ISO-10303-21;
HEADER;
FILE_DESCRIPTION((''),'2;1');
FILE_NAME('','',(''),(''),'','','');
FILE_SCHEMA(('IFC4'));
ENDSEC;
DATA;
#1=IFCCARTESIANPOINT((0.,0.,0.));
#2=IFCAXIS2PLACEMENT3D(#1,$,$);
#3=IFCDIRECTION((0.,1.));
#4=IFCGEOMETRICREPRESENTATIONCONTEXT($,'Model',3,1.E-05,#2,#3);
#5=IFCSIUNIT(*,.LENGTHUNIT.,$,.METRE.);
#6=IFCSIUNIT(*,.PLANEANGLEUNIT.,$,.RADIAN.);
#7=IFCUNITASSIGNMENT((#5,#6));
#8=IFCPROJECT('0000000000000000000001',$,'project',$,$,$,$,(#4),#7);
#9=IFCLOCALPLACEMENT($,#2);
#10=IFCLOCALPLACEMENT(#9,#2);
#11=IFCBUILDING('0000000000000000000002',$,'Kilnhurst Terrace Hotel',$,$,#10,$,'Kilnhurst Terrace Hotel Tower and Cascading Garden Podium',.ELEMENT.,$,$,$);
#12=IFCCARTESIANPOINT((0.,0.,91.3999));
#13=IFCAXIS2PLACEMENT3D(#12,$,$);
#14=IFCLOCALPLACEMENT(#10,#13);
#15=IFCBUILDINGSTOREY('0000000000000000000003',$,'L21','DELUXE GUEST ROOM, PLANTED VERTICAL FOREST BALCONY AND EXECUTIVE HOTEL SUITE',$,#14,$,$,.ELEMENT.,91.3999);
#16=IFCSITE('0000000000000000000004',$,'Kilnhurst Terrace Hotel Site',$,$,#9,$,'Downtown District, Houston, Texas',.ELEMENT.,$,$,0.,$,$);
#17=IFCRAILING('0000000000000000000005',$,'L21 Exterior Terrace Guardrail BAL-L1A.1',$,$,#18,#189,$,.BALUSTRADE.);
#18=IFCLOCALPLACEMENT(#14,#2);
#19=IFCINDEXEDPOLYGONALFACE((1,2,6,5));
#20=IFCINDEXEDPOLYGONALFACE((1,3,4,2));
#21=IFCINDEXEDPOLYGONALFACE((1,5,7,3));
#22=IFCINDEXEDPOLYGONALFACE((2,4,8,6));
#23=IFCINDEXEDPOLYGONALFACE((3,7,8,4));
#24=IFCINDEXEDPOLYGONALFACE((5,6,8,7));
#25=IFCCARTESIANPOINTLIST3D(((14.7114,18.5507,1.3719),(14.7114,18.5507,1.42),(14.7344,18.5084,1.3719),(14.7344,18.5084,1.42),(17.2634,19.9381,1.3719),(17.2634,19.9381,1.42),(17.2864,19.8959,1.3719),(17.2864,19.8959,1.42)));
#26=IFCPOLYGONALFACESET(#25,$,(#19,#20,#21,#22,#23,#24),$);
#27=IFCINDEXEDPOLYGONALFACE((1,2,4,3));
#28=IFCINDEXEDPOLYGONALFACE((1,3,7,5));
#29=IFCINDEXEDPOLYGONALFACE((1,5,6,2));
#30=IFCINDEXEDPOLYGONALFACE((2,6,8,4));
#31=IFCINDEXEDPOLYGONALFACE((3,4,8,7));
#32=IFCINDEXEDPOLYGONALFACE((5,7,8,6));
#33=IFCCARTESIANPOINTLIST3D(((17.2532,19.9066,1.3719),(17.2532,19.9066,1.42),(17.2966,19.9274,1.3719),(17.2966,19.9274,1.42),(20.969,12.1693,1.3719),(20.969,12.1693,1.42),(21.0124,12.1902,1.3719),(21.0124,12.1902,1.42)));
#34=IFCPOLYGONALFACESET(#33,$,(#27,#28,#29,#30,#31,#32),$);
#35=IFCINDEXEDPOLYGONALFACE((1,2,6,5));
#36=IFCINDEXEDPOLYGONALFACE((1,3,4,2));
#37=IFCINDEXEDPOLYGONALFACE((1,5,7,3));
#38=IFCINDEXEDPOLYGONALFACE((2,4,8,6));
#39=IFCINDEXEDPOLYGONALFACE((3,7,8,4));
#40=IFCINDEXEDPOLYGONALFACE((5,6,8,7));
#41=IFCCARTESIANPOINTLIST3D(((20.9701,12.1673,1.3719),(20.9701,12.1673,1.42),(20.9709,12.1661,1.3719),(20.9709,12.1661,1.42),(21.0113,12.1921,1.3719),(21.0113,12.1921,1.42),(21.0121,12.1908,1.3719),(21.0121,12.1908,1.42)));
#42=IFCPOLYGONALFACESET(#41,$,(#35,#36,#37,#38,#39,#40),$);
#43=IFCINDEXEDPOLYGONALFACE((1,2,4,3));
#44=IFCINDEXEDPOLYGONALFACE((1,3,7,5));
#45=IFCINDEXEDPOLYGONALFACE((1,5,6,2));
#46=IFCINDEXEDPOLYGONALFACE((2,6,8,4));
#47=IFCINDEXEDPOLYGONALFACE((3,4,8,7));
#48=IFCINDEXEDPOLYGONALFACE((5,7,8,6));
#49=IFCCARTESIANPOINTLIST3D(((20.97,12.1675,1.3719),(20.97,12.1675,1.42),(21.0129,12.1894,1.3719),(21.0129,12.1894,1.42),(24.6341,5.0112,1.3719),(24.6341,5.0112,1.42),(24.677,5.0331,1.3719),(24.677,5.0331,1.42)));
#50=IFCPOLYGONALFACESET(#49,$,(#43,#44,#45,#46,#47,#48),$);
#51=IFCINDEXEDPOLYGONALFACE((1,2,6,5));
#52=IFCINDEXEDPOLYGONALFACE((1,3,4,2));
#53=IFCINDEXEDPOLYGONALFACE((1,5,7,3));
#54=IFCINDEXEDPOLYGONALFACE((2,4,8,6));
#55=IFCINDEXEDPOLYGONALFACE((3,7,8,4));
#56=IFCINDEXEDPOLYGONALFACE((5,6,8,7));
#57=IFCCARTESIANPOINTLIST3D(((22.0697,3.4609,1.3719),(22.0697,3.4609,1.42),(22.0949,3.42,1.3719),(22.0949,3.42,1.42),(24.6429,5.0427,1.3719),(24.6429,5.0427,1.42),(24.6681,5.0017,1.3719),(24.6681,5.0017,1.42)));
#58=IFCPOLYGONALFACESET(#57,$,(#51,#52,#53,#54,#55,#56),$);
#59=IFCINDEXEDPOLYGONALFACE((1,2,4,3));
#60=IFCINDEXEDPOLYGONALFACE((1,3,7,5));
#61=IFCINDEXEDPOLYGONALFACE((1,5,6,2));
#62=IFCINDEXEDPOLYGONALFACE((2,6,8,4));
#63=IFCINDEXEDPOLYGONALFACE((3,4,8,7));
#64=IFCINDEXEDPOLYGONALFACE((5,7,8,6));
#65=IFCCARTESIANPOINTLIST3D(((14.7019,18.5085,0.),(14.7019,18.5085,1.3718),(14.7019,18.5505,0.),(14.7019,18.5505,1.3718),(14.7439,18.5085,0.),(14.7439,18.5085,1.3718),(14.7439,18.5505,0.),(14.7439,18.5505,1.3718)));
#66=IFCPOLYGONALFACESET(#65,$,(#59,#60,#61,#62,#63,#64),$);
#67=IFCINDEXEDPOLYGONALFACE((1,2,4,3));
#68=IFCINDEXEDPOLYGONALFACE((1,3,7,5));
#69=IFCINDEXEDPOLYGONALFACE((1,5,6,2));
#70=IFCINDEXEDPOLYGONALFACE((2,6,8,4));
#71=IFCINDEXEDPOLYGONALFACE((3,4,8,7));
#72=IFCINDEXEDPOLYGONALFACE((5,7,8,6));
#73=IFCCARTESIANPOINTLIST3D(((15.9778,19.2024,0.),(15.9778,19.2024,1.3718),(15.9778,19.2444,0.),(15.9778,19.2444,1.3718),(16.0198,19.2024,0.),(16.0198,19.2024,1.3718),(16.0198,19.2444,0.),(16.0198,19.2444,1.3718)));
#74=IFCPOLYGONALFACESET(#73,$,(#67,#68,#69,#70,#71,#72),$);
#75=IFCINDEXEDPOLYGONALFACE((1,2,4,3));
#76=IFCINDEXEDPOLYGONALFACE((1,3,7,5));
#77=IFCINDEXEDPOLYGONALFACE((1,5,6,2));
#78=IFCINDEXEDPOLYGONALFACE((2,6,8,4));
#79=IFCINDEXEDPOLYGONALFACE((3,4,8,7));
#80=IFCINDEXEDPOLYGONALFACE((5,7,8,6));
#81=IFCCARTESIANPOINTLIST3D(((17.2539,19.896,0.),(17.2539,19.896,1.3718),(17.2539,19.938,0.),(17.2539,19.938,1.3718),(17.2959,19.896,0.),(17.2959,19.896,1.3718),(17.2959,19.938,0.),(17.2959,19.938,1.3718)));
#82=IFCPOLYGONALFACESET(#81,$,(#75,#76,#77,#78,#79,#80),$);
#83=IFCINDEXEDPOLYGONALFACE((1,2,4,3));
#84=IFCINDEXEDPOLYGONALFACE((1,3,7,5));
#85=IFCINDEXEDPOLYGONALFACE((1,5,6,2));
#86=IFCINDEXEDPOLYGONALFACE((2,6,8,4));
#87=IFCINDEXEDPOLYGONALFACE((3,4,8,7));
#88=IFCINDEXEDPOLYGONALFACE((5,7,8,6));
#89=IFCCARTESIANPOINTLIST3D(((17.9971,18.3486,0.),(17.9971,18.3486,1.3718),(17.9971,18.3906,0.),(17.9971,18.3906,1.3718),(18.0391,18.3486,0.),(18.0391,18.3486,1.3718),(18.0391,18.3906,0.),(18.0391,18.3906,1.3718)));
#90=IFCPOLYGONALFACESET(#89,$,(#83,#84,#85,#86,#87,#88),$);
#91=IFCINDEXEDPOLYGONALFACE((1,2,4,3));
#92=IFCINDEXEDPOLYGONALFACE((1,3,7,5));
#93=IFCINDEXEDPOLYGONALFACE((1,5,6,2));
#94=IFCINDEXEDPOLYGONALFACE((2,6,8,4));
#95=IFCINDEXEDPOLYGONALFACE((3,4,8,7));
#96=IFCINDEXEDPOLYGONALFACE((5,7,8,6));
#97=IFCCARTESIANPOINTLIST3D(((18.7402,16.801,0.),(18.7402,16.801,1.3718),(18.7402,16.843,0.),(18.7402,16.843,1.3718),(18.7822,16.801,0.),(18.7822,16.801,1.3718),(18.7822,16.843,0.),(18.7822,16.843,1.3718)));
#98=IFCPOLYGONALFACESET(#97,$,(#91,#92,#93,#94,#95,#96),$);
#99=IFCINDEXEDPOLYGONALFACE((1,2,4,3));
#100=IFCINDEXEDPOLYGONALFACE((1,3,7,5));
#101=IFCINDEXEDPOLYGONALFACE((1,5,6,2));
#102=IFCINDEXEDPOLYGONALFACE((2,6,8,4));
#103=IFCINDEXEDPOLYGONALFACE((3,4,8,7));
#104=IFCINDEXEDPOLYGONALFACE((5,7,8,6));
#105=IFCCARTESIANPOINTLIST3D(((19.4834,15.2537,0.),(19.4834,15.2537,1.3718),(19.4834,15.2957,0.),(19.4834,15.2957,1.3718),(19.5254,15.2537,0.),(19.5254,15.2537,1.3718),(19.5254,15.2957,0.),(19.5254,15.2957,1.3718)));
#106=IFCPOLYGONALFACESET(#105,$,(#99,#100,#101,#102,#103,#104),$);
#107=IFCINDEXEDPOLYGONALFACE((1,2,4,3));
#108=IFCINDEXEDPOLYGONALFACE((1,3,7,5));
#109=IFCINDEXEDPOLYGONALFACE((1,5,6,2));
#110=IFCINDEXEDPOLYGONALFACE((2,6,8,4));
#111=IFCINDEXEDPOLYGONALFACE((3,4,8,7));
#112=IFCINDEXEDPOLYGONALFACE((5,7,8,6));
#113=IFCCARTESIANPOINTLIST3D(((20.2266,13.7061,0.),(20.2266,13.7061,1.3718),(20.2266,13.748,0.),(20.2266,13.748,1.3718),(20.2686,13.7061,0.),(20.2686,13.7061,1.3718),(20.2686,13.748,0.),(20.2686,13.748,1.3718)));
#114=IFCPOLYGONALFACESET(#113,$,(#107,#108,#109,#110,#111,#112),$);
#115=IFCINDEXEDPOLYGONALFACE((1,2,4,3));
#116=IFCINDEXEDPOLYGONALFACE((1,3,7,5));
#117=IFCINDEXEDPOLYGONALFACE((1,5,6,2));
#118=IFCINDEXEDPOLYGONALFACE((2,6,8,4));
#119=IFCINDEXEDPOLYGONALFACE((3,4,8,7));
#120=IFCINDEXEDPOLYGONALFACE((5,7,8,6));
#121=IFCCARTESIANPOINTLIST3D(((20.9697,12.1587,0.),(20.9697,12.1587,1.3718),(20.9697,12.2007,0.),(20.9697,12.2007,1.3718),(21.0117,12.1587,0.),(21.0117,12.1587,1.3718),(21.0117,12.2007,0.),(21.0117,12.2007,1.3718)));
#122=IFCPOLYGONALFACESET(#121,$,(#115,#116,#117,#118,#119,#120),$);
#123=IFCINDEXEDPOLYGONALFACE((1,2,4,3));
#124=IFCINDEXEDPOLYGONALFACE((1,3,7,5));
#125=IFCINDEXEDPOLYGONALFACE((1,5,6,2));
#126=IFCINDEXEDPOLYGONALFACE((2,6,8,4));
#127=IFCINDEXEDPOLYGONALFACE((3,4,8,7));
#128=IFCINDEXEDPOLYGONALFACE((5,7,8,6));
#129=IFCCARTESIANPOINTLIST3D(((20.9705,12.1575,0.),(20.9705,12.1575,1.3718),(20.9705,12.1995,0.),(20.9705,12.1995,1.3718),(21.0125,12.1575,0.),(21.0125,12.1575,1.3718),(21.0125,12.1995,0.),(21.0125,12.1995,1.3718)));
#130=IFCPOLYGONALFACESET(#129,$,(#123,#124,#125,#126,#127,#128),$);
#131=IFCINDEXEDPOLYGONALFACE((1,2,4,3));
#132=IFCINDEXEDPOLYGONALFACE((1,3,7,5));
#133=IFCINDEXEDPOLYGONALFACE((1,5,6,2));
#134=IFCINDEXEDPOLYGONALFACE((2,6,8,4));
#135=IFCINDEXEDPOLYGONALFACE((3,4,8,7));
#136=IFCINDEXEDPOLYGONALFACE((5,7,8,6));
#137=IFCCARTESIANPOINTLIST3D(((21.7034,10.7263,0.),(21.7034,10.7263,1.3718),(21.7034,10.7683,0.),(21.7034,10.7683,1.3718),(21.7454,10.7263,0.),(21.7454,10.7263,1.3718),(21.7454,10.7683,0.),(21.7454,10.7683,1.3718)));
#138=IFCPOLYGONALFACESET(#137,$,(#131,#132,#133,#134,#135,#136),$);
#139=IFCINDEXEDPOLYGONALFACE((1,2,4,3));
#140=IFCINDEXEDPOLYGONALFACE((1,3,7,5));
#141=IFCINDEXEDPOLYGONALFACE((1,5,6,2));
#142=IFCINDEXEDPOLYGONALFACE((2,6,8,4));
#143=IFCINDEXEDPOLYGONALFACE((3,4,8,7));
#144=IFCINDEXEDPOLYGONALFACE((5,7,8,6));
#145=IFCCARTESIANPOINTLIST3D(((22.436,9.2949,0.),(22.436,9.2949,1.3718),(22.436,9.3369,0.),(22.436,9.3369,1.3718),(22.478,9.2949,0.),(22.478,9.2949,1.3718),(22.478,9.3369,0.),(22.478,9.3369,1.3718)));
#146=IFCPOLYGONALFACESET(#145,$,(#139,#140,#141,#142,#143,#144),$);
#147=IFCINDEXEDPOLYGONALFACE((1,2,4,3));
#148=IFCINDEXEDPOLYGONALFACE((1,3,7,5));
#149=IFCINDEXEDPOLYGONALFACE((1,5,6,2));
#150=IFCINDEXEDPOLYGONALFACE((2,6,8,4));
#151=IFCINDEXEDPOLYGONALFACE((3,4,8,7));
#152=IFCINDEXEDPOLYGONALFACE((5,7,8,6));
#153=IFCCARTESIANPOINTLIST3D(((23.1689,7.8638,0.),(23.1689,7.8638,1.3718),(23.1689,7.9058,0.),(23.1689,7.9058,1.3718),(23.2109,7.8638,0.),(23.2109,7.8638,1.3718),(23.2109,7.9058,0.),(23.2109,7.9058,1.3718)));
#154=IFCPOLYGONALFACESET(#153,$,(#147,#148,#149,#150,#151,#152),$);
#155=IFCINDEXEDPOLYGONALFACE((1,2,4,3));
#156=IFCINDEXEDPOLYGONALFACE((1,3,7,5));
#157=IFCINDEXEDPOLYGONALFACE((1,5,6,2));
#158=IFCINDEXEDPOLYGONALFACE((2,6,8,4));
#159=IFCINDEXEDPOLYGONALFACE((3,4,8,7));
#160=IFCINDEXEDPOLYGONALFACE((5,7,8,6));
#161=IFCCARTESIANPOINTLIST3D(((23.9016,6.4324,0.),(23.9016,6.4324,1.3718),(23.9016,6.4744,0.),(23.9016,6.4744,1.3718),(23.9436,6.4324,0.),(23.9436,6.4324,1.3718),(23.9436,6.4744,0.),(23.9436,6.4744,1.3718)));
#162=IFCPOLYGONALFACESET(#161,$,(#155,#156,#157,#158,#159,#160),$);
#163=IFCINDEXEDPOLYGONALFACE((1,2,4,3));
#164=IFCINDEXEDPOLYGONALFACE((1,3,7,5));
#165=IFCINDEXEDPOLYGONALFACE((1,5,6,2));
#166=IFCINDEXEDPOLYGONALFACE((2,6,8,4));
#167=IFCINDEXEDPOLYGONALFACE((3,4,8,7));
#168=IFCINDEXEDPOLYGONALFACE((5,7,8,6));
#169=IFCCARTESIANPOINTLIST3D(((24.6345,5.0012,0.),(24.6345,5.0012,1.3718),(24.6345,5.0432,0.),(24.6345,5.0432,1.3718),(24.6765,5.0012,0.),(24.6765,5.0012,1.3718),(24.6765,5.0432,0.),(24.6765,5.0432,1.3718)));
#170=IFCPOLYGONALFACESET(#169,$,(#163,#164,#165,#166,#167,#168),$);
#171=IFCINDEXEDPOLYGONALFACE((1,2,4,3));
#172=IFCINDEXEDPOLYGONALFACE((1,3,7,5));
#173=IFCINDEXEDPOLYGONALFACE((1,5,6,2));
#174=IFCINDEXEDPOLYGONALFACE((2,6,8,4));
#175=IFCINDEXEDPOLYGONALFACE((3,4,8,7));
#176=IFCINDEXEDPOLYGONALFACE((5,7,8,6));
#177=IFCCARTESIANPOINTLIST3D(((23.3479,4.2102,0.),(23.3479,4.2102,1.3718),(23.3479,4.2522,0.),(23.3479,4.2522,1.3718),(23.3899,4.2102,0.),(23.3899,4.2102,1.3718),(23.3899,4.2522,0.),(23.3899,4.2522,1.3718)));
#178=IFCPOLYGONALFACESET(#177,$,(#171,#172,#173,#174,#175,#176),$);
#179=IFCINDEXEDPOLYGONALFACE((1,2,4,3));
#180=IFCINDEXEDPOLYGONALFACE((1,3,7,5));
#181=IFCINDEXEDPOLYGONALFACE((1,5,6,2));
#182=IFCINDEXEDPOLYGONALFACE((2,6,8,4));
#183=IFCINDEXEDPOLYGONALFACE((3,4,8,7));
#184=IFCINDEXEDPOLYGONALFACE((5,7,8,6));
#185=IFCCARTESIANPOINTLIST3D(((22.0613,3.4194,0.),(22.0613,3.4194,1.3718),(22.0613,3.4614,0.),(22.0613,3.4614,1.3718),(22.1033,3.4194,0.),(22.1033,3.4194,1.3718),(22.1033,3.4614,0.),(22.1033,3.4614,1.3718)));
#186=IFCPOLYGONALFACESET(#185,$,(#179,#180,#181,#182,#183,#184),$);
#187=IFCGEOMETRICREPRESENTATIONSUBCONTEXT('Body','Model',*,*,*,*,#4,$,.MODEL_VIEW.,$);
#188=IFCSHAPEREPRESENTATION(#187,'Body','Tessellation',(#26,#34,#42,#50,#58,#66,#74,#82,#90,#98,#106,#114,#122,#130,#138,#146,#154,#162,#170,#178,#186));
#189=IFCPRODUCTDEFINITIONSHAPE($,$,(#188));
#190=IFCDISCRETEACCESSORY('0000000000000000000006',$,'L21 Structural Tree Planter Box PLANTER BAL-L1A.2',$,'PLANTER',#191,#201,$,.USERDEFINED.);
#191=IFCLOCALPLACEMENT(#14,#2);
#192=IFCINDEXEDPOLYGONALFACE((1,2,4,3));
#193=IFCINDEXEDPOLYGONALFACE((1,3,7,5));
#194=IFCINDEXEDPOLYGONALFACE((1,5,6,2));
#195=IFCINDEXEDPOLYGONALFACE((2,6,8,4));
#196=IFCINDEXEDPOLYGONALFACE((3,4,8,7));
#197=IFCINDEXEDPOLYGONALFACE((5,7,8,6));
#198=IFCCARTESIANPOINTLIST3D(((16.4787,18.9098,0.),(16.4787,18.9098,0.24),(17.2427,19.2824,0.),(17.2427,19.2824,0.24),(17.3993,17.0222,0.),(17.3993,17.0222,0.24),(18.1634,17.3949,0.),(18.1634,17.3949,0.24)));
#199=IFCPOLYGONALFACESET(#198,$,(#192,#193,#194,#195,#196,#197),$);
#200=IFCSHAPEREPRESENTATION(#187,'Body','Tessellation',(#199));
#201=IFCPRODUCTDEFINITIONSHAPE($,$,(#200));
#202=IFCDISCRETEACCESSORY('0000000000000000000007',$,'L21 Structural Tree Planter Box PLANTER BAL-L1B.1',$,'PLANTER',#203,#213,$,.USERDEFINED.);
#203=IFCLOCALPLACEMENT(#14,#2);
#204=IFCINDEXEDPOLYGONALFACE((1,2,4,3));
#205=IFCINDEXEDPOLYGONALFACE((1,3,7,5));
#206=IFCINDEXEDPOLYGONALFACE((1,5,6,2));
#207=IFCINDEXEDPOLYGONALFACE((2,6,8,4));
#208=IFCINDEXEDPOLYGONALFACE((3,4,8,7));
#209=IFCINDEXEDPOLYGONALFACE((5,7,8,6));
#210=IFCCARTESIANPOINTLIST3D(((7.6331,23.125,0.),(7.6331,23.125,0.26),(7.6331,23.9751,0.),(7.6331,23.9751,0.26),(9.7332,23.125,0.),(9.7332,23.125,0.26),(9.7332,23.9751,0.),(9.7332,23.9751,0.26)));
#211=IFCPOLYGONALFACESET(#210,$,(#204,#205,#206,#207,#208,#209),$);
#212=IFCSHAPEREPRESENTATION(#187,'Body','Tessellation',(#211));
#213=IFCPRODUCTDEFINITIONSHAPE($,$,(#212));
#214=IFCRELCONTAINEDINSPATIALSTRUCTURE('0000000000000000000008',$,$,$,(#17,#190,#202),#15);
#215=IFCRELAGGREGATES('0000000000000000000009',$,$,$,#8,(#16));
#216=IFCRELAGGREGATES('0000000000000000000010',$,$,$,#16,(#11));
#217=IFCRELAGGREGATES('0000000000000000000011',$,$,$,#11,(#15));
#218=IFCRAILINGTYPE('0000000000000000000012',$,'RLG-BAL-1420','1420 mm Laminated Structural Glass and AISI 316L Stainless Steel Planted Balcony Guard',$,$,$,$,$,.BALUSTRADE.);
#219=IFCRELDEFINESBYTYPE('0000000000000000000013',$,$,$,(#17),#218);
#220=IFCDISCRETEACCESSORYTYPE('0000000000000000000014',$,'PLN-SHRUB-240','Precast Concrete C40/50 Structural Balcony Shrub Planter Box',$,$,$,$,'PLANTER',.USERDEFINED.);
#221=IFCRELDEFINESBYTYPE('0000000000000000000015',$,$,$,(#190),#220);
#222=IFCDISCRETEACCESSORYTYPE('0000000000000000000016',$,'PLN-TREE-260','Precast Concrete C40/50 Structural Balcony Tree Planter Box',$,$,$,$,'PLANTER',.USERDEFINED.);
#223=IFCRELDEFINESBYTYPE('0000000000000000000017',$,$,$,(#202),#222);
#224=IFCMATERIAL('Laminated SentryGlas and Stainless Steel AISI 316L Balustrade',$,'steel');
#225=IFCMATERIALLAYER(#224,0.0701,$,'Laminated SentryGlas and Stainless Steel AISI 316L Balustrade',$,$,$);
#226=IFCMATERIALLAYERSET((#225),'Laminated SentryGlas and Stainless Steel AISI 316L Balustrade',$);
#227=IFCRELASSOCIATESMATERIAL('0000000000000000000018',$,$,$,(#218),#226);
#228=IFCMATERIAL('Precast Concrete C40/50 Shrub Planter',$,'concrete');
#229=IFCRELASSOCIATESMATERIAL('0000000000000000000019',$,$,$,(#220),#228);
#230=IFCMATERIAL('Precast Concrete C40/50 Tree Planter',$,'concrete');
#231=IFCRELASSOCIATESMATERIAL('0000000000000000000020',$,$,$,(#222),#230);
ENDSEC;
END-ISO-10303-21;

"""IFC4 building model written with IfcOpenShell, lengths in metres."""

from ifc_helpers import new_model, si_unit, direction, frame, origin, origin_2d, place, context, subcontext, project, spatial, rectangle, extrude, material, layer, layer_set, type_object, element, save


model = new_model("IFC4")

# Units and contexts
model_context = context("Model", 3, precision=1e-05, world=origin(), true_north=direction((0.0, 1.0)))
body_context = subcontext(model_context, "Body", "Model", "MODEL_VIEW")
ifc_project = project(units=[si_unit("LENGTHUNIT", "METRE"), si_unit("PLANEANGLEUNIT", "RADIAN")], contexts=[model_context])

# Site, building, storey
site_placement = place(None, origin())
site = spatial("IfcSite", under=ifc_project, at=site_placement, Name="Kilnhurst Terrace Hotel Site", LongName="Downtown District, Houston, Texas", CompositionType="ELEMENT", RefElevation=0.0)
building_placement = place(site_placement, origin())
building = spatial("IfcBuilding", under=site, at=building_placement, Name="Kilnhurst Terrace Hotel", LongName="Kilnhurst Terrace Hotel Tower and Cascading Garden Podium", CompositionType="ELEMENT")
storey_placement = place(building_placement, frame((0.0, 0.0, 91.3999)))
storey = spatial("IfcBuildingStorey", under=building, at=storey_placement, Name="L21", Description="DELUXE GUEST ROOM, PLANTED VERTICAL FOREST BALCONY AND EXECUTIVE HOTEL SUITE", CompositionType="ELEMENT", Elevation=91.3999)

# Railing
ifc_material_1 = material(Name="Laminated SentryGlas and Stainless Steel AISI 316L Balustrade", Category="steel")
ifc_layer_1 = layer(ifc_material_1, 0.0701, Name="Laminated SentryGlas and Stainless Steel AISI 316L Balustrade")
ifc_layer_set_1 = layer_set([ifc_layer_1], Name="Laminated SentryGlas and Stainless Steel AISI 316L Balustrade")
railing_type = type_object("IfcRailingType", Name="RLG-BAL-1420", Description="1420 mm Laminated Structural Glass and AISI 316L Stainless Steel Planted Balcony Guard", PredefinedType="BALUSTRADE", material=ifc_layer_set_1)
railing_placement = place(storey_placement, frame((14.7229, 18.5295, 0.0)))
element("IfcRailing", 1, at=railing_placement, inside=storey, type_object=railing_type, Name="L21 Exterior Terrace Guardrail BAL-L1A.1", PredefinedType="BALUSTRADE", context=body_context, shape_type="SweptSolid", body=[
    extrude(rectangle(XDim=0.0481, YDim=0.0481, at=origin_2d()), frame((0.0, 0.0, 1.396), z_axis=(0.878553, 0.477644, 0.0), x_axis=(-0.477644, 0.878553, 0.0)), (0.0, 0.0, 1.0), 2.9048),
    extrude(rectangle(XDim=0.0481, YDim=0.0481, at=origin_2d()), frame((2.552, 1.3875, 1.396), z_axis=(0.432912, -0.901436, 0.0), x_axis=(0.901436, 0.432912, 0.0)), (0.0, 0.0, 1.0), 8.5833),
    extrude(rectangle(XDim=0.0481, YDim=0.0481, at=origin_2d()), frame((6.2678, -6.3499, 1.396), z_axis=(0.514496, -0.857493, 0.0), x_axis=(0.857493, 0.514496, 0.0)), (0.0, 0.0, 1.0), 0.0015),
    extrude(rectangle(XDim=0.0481, YDim=0.0481, at=origin_2d()), frame((6.2686, -6.3511, 1.396), z_axis=(0.455744, -0.890111, 0.0), x_axis=(0.890111, 0.455744, 0.0)), (0.0, 0.0, 1.0), 8.0398),
    extrude(rectangle(XDim=0.0481, YDim=0.0481, at=origin_2d()), frame((9.9326, -13.5073, 1.396), z_axis=(-0.851916, -0.523678, 0.0), x_axis=(0.523678, -0.851916, 0.0)), (0.0, 0.0, 1.0), 3.0205),
    extrude(rectangle(XDim=0.042, YDim=0.042, at=origin_2d()), origin(), (0.0, 0.0, 1.0), 1.3718),
    extrude(rectangle(XDim=0.042, YDim=0.042, at=origin_2d()), frame((1.2759, 0.6938, 0.0)), (0.0, 0.0, 1.0), 1.3718),
    extrude(rectangle(XDim=0.042, YDim=0.042, at=origin_2d()), frame((2.552, 1.3875, 0.0)), (0.0, 0.0, 1.0), 1.3718),
    extrude(rectangle(XDim=0.042, YDim=0.042, at=origin_2d()), frame((3.2952, -0.1599, 0.0)), (0.0, 0.0, 1.0), 1.3718),
    extrude(rectangle(XDim=0.042, YDim=0.042, at=origin_2d()), frame((4.0383, -1.7075, 0.0)), (0.0, 0.0, 1.0), 1.3718),
    extrude(rectangle(XDim=0.042, YDim=0.042, at=origin_2d()), frame((4.7815, -3.2549, 0.0)), (0.0, 0.0, 1.0), 1.3718),
    extrude(rectangle(XDim=0.042, YDim=0.042, at=origin_2d()), frame((5.5247, -4.8025, 0.0)), (0.0, 0.0, 1.0), 1.3718),
    extrude(rectangle(XDim=0.042, YDim=0.042, at=origin_2d()), frame((6.2678, -6.3499, 0.0)), (0.0, 0.0, 1.0), 1.3718),
    extrude(rectangle(XDim=0.042, YDim=0.042, at=origin_2d()), frame((6.2686, -6.3511, 0.0)), (0.0, 0.0, 1.0), 1.3718),
    extrude(rectangle(XDim=0.042, YDim=0.042, at=origin_2d()), frame((7.0015, -7.7822, 0.0)), (0.0, 0.0, 1.0), 1.3718),
    extrude(rectangle(XDim=0.042, YDim=0.042, at=origin_2d()), frame((7.7341, -9.2136, 0.0)), (0.0, 0.0, 1.0), 1.3718),
    extrude(rectangle(XDim=0.042, YDim=0.042, at=origin_2d()), frame((8.467, -10.6448, 0.0)), (0.0, 0.0, 1.0), 1.3718),
    extrude(rectangle(XDim=0.042, YDim=0.042, at=origin_2d()), frame((9.1997, -12.0762, 0.0)), (0.0, 0.0, 1.0), 1.3718),
    extrude(rectangle(XDim=0.042, YDim=0.042, at=origin_2d()), frame((9.9326, -13.5073, 0.0)), (0.0, 0.0, 1.0), 1.3718),
    extrude(rectangle(XDim=0.042, YDim=0.042, at=origin_2d()), frame((8.646, -14.2983, 0.0)), (0.0, 0.0, 1.0), 1.3718),
    extrude(rectangle(XDim=0.042, YDim=0.042, at=origin_2d()), frame((7.3594, -15.0891, 0.0)), (0.0, 0.0, 1.0), 1.3718),
])

# Discrete accessories
ifc_material_2 = material(Name="Precast Concrete C40/50 Shrub Planter", Category="concrete")
discrete_accessory_type_1 = type_object("IfcDiscreteAccessoryType", Name="PLN-SHRUB-240", Description="Precast Concrete C40/50 Structural Balcony Shrub Planter Box", ElementType="PLANTER", PredefinedType="USERDEFINED", material=ifc_material_2)
discrete_accessory_1_placement = place(storey_placement, frame((17.321, 18.1523, 0.0), z_axis=(0.0, 0.0, 1.0), x_axis=(-0.438387, 0.898786, 0.0)))
element("IfcDiscreteAccessory", 2, at=discrete_accessory_1_placement, inside=storey, type_object=discrete_accessory_type_1, Name="L21 Structural Tree Planter Box PLANTER BAL-L1A.2", ObjectType="PLANTER", PredefinedType="USERDEFINED", context=body_context, shape_type="SweptSolid", body=[
    extrude(rectangle(XDim=2.1001, YDim=0.8501, at=origin_2d()), origin(), (0.0, 0.0, 1.0), 0.24),
])
ifc_material_3 = material(Name="Precast Concrete C40/50 Tree Planter", Category="concrete")
discrete_accessory_type_2 = type_object("IfcDiscreteAccessoryType", Name="PLN-TREE-260", Description="Precast Concrete C40/50 Structural Balcony Tree Planter Box", ElementType="PLANTER", PredefinedType="USERDEFINED", material=ifc_material_3)
discrete_accessory_2_placement = place(storey_placement, frame((8.6831, 23.55, 0.0), z_axis=(0.0, 0.0, 1.0), x_axis=(-1.0, 0.0, 0.0)))
element("IfcDiscreteAccessory", 3, at=discrete_accessory_2_placement, inside=storey, type_object=discrete_accessory_type_2, Name="L21 Structural Tree Planter Box PLANTER BAL-L1B.1", ObjectType="PLANTER", PredefinedType="USERDEFINED", context=body_context, shape_type="SweptSolid", body=[
    extrude(rectangle(XDim=2.1001, YDim=0.8501, at=origin_2d()), origin(), (0.0, 0.0, 1.0), 0.26),
])

save(model, "model.ifc")
